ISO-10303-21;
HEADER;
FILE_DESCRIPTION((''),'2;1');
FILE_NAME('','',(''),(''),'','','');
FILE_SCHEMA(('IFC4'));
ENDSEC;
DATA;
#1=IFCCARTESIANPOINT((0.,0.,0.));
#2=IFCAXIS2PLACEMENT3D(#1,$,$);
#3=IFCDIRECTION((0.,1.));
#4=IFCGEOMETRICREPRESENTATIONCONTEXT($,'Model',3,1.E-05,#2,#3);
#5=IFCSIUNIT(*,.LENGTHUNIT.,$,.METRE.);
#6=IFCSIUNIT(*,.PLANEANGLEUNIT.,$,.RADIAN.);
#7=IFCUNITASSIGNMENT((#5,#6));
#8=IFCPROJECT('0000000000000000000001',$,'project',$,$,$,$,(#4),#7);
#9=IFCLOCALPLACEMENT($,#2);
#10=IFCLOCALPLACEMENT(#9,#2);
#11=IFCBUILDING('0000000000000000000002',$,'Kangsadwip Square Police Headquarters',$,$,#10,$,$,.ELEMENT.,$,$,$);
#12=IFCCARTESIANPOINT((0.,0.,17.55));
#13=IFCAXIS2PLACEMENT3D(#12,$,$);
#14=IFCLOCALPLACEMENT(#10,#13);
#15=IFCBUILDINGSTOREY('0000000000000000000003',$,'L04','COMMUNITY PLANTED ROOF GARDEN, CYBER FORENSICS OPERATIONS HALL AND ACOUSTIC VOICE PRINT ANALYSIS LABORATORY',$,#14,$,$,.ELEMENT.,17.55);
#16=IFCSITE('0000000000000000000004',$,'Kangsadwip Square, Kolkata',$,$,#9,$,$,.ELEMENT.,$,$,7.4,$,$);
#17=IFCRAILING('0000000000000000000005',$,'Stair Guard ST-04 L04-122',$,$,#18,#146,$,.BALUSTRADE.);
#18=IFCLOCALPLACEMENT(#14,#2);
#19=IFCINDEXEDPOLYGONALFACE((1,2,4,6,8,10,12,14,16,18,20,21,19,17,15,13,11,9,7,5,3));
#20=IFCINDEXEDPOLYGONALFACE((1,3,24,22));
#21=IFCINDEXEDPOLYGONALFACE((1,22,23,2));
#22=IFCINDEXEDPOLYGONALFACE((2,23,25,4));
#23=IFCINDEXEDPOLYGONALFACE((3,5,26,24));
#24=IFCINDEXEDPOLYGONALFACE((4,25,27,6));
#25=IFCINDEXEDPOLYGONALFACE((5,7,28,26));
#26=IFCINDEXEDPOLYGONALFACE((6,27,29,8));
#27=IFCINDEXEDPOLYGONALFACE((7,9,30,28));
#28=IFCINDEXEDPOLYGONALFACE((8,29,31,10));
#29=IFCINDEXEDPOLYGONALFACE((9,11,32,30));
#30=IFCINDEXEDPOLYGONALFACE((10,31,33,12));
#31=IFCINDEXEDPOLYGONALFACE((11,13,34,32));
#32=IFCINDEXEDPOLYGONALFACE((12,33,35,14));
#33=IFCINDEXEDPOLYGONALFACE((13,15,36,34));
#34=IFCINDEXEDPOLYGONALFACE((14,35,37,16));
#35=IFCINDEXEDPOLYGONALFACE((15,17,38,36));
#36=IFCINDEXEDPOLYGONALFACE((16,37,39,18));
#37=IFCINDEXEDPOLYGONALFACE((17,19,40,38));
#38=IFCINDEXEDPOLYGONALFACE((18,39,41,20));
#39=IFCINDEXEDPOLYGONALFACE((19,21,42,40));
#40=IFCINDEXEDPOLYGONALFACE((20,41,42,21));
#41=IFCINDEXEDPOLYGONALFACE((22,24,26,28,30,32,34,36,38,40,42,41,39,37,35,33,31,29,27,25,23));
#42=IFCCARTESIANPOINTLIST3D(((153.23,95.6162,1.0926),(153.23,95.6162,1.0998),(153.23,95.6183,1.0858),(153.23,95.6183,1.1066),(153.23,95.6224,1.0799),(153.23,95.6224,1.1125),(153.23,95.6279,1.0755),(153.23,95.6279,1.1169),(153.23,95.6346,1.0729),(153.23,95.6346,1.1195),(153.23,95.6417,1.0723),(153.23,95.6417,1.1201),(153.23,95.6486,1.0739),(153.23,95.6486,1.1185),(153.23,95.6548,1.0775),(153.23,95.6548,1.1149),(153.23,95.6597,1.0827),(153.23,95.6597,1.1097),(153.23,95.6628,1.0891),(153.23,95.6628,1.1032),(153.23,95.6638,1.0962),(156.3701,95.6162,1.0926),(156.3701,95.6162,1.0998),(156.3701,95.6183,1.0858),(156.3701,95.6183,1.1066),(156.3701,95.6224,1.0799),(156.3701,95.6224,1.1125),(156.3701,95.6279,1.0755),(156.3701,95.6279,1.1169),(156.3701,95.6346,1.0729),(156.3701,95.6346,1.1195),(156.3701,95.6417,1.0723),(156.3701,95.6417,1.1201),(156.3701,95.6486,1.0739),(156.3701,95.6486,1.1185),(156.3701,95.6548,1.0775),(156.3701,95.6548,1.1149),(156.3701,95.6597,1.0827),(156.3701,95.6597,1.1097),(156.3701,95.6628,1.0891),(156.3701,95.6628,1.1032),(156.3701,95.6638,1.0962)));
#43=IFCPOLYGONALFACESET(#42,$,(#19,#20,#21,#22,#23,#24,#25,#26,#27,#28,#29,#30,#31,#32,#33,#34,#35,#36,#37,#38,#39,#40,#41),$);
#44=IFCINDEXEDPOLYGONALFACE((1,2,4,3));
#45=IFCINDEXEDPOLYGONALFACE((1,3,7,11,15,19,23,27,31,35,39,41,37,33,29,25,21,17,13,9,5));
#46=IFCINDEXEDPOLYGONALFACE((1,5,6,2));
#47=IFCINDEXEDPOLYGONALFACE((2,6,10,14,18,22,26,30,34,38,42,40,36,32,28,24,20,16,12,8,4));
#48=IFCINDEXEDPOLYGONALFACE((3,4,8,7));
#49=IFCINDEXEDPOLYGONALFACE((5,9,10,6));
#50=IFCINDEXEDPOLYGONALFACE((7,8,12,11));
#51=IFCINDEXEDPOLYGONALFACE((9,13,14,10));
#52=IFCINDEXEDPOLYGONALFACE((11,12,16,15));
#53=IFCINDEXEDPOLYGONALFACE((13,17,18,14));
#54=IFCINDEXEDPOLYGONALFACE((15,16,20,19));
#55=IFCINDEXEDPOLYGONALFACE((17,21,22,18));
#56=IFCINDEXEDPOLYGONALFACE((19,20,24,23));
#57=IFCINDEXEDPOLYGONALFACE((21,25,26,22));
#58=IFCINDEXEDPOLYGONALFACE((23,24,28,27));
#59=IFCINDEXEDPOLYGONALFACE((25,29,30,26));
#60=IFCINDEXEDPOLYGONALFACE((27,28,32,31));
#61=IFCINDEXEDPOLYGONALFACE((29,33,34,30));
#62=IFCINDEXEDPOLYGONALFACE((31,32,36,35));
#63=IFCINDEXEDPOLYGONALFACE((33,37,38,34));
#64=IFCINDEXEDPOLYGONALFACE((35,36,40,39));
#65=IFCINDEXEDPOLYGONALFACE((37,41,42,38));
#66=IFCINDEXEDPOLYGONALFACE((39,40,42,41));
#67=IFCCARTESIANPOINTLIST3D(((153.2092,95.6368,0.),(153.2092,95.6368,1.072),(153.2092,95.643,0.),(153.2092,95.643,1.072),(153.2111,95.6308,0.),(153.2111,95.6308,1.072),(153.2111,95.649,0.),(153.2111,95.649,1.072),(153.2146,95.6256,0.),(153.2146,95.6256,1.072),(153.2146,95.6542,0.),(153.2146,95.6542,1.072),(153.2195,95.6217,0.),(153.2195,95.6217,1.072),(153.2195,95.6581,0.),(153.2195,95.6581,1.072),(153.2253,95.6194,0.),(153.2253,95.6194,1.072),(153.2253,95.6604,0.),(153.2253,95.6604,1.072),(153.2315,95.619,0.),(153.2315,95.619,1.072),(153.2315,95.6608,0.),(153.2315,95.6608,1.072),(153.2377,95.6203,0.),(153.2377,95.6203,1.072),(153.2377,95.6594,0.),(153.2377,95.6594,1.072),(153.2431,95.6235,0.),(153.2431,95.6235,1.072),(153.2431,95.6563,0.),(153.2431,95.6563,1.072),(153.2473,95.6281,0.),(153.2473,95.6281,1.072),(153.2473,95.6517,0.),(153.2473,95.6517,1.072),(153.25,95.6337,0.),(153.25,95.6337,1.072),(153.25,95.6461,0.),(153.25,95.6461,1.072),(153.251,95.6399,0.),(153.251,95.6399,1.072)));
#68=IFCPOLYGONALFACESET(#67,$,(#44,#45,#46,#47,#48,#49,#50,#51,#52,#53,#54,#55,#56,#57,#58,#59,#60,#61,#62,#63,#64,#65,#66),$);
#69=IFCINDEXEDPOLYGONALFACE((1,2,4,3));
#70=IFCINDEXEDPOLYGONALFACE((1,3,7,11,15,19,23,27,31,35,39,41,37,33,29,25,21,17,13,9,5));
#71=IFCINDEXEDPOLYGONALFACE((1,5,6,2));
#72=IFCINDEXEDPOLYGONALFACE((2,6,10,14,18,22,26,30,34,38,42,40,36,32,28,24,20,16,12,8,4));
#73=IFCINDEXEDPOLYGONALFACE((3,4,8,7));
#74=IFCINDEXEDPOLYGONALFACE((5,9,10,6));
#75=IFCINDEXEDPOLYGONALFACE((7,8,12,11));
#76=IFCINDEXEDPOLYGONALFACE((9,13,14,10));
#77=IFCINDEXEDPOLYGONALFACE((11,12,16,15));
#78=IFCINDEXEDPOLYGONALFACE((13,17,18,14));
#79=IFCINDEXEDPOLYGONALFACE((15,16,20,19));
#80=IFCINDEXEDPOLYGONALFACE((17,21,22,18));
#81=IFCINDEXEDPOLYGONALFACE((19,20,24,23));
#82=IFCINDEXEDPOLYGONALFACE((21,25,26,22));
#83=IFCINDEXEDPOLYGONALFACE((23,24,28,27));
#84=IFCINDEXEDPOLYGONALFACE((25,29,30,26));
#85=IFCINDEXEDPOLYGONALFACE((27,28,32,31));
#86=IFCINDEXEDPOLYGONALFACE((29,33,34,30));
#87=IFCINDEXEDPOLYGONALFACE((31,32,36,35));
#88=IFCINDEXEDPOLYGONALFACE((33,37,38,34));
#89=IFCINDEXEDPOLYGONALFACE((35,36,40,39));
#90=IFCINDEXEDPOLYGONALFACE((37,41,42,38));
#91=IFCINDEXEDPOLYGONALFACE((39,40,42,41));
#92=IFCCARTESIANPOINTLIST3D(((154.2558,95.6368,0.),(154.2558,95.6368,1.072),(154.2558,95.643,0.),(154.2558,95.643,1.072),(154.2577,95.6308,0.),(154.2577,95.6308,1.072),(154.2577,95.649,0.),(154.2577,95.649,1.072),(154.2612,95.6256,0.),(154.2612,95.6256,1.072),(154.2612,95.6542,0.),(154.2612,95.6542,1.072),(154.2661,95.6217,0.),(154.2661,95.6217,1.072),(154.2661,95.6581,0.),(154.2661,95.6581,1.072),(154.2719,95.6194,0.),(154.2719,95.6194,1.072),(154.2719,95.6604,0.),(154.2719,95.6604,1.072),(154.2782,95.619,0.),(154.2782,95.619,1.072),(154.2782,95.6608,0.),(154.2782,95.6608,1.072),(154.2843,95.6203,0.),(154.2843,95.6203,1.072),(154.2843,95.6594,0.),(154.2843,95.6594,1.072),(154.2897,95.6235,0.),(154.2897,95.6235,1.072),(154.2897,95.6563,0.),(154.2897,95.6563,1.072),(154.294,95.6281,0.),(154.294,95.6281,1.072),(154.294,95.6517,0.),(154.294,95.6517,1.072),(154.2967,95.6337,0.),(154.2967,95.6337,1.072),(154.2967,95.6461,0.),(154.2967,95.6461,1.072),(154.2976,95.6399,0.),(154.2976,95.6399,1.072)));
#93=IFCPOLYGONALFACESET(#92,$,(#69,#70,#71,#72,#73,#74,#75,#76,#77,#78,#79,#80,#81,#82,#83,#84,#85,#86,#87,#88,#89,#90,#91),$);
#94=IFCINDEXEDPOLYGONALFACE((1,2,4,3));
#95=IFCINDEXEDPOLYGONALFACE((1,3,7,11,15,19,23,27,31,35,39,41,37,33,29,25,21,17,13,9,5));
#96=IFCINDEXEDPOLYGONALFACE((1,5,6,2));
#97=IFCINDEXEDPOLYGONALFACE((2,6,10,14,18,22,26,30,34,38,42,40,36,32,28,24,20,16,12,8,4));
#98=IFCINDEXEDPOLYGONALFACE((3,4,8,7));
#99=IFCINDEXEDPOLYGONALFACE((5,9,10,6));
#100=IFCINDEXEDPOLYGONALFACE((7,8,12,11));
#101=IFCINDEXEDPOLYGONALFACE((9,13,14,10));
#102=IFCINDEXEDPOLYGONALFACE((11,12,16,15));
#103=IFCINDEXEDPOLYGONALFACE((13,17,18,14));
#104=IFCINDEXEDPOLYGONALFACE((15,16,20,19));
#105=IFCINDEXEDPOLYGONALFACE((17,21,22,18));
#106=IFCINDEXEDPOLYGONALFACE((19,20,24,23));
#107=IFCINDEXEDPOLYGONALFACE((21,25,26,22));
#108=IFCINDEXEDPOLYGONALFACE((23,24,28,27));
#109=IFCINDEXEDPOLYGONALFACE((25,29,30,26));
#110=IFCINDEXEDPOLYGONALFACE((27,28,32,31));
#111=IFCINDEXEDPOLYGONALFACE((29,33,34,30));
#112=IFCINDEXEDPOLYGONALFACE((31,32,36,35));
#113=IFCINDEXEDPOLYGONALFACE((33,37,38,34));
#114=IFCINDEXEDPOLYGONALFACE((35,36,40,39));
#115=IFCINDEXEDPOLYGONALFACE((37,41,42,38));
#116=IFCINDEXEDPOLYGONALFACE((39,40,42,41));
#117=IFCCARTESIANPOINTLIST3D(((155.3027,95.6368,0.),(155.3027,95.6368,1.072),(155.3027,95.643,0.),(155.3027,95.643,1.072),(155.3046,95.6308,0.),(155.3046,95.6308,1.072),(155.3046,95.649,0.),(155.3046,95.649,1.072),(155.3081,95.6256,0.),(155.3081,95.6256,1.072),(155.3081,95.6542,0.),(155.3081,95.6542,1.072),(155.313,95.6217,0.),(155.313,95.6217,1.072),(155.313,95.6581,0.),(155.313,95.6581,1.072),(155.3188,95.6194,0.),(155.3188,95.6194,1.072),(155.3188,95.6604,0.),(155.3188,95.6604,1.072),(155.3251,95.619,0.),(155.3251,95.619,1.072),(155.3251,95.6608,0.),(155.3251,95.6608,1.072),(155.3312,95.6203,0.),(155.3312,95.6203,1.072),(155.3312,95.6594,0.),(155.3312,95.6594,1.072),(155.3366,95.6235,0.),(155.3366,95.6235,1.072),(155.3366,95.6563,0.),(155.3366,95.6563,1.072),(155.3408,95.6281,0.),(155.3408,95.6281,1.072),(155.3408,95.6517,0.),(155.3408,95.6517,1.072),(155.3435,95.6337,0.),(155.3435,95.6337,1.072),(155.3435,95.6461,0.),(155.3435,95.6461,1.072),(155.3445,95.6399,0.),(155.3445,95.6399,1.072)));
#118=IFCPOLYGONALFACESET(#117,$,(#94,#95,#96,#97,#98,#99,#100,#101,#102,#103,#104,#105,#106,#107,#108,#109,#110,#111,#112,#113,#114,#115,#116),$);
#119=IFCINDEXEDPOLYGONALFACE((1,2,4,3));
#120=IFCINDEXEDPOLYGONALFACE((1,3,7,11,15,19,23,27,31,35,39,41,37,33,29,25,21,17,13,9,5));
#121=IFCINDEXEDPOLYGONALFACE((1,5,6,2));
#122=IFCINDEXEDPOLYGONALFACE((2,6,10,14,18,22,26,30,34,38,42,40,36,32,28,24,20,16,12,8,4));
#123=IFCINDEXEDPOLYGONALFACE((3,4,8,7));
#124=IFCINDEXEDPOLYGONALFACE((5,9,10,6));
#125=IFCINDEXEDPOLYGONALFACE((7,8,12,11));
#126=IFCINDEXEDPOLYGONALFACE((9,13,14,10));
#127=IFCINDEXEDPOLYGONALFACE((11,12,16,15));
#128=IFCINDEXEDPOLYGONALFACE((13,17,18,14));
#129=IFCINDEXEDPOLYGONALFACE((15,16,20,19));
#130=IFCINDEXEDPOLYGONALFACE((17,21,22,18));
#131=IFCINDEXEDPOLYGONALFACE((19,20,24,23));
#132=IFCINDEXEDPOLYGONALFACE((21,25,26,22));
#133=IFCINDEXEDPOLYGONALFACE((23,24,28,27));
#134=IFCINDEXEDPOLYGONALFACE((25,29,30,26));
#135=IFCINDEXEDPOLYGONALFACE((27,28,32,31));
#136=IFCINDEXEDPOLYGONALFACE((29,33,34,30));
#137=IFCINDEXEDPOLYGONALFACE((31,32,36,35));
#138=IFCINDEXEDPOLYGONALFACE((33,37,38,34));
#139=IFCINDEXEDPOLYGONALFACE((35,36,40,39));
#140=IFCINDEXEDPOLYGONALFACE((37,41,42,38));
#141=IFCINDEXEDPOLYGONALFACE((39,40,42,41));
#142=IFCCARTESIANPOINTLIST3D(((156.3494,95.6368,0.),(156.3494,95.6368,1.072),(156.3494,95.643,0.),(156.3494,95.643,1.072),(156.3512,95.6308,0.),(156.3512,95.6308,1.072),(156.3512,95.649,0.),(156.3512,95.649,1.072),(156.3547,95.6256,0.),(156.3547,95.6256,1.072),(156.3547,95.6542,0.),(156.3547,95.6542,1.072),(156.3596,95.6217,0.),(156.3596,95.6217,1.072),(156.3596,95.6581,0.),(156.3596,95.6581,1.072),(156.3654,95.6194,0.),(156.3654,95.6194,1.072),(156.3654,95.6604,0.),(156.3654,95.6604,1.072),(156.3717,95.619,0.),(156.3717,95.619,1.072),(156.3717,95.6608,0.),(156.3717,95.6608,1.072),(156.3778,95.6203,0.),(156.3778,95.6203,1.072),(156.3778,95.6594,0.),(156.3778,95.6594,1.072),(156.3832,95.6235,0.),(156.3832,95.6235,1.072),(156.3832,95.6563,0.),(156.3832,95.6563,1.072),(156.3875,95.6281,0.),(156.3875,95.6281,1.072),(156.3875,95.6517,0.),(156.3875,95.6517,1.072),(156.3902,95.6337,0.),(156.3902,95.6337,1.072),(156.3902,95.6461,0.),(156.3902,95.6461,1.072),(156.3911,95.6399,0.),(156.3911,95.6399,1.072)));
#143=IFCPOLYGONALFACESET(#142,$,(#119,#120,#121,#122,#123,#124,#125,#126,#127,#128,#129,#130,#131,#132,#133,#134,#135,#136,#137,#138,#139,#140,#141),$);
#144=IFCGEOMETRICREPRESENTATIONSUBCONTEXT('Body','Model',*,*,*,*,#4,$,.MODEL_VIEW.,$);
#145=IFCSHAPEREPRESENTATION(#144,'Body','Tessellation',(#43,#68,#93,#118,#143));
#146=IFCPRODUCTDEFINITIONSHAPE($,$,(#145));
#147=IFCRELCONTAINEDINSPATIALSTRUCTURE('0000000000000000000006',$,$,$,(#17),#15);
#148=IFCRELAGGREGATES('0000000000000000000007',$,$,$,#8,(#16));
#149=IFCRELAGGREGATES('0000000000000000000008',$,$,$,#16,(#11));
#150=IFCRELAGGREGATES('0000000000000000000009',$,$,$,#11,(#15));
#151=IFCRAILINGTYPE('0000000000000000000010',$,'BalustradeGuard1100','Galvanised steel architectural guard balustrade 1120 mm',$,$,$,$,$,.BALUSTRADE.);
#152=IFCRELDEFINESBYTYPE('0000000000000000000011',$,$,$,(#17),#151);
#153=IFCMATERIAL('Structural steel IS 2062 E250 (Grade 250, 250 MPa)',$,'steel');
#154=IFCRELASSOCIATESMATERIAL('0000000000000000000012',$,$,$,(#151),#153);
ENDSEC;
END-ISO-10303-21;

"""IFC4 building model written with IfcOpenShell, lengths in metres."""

from ifc_helpers import new_model, si_unit, direction, frame, origin, origin_2d, place, context, subcontext, project, spatial, circle, extrude, material, type_object, element, save


model = new_model("IFC4")

# Units and contexts
model_context = context("Model", 3, precision=1e-05, world=origin(), true_north=direction((0.0, 1.0)))
body_context = subcontext(model_context, "Body", "Model", "MODEL_VIEW")
ifc_project = project(units=[si_unit("LENGTHUNIT", "METRE"), si_unit("PLANEANGLEUNIT", "RADIAN")], contexts=[model_context])

# Site, building, storey
site_placement = place(None, origin())
site = spatial("IfcSite", under=ifc_project, at=site_placement, Name="Kangsadwip Square, Kolkata", CompositionType="ELEMENT", RefElevation=7.4)
building_placement = place(site_placement, origin())
building = spatial("IfcBuilding", under=site, at=building_placement, Name="Kangsadwip Square Police Headquarters", CompositionType="ELEMENT")
storey_placement = place(building_placement, frame((0.0, 0.0, 17.55)))
storey = spatial("IfcBuildingStorey", under=building, at=storey_placement, Name="L04", Description="COMMUNITY PLANTED ROOF GARDEN, CYBER FORENSICS OPERATIONS HALL AND ACOUSTIC VOICE PRINT ANALYSIS LABORATORY", CompositionType="ELEMENT", Elevation=17.55)

# Railing
ifc_material_1 = material(Name="Structural steel IS 2062 E250 (Grade 250, 250 MPa)", Category="steel")
railing_type = type_object("IfcRailingType", Name="BalustradeGuard1100", Description="Galvanised steel architectural guard balustrade 1120 mm", PredefinedType="BALUSTRADE", material=ifc_material_1)
for number, where, name in (
    (1, (153.23, 95.6399, 0.0), "Stair Guard ST-04 L04-122"),
):
    element("IfcRailing", number, at=place(storey_placement, frame(where)), inside=storey, type_object=railing_type, Name=name, PredefinedType="BALUSTRADE", context=body_context, shape_type="SweptSolid", body=[
        extrude(circle(Radius=0.0239, at=origin_2d()), frame((0.0, 0.0, 1.0962), z_axis=(1.0, 0.0, 0.0), x_axis=(0.0, 1.0, 0.0)), (0.0, 0.0, 1.0), 3.1401),
        extrude(circle(Radius=0.021, at=origin_2d()), origin(), (0.0, 0.0, 1.0), 1.072),
        extrude(circle(Radius=0.021, at=origin_2d()), frame((1.0466, 0.0, 0.0)), (0.0, 0.0, 1.0), 1.072),
        extrude(circle(Radius=0.021, at=origin_2d()), frame((2.0935, 0.0, 0.0)), (0.0, 0.0, 1.0), 1.072),
        extrude(circle(Radius=0.021, at=origin_2d()), frame((3.1401, 0.0, 0.0)), (0.0, 0.0, 1.0), 1.072),
    ])

save(model, "model.ifc")
